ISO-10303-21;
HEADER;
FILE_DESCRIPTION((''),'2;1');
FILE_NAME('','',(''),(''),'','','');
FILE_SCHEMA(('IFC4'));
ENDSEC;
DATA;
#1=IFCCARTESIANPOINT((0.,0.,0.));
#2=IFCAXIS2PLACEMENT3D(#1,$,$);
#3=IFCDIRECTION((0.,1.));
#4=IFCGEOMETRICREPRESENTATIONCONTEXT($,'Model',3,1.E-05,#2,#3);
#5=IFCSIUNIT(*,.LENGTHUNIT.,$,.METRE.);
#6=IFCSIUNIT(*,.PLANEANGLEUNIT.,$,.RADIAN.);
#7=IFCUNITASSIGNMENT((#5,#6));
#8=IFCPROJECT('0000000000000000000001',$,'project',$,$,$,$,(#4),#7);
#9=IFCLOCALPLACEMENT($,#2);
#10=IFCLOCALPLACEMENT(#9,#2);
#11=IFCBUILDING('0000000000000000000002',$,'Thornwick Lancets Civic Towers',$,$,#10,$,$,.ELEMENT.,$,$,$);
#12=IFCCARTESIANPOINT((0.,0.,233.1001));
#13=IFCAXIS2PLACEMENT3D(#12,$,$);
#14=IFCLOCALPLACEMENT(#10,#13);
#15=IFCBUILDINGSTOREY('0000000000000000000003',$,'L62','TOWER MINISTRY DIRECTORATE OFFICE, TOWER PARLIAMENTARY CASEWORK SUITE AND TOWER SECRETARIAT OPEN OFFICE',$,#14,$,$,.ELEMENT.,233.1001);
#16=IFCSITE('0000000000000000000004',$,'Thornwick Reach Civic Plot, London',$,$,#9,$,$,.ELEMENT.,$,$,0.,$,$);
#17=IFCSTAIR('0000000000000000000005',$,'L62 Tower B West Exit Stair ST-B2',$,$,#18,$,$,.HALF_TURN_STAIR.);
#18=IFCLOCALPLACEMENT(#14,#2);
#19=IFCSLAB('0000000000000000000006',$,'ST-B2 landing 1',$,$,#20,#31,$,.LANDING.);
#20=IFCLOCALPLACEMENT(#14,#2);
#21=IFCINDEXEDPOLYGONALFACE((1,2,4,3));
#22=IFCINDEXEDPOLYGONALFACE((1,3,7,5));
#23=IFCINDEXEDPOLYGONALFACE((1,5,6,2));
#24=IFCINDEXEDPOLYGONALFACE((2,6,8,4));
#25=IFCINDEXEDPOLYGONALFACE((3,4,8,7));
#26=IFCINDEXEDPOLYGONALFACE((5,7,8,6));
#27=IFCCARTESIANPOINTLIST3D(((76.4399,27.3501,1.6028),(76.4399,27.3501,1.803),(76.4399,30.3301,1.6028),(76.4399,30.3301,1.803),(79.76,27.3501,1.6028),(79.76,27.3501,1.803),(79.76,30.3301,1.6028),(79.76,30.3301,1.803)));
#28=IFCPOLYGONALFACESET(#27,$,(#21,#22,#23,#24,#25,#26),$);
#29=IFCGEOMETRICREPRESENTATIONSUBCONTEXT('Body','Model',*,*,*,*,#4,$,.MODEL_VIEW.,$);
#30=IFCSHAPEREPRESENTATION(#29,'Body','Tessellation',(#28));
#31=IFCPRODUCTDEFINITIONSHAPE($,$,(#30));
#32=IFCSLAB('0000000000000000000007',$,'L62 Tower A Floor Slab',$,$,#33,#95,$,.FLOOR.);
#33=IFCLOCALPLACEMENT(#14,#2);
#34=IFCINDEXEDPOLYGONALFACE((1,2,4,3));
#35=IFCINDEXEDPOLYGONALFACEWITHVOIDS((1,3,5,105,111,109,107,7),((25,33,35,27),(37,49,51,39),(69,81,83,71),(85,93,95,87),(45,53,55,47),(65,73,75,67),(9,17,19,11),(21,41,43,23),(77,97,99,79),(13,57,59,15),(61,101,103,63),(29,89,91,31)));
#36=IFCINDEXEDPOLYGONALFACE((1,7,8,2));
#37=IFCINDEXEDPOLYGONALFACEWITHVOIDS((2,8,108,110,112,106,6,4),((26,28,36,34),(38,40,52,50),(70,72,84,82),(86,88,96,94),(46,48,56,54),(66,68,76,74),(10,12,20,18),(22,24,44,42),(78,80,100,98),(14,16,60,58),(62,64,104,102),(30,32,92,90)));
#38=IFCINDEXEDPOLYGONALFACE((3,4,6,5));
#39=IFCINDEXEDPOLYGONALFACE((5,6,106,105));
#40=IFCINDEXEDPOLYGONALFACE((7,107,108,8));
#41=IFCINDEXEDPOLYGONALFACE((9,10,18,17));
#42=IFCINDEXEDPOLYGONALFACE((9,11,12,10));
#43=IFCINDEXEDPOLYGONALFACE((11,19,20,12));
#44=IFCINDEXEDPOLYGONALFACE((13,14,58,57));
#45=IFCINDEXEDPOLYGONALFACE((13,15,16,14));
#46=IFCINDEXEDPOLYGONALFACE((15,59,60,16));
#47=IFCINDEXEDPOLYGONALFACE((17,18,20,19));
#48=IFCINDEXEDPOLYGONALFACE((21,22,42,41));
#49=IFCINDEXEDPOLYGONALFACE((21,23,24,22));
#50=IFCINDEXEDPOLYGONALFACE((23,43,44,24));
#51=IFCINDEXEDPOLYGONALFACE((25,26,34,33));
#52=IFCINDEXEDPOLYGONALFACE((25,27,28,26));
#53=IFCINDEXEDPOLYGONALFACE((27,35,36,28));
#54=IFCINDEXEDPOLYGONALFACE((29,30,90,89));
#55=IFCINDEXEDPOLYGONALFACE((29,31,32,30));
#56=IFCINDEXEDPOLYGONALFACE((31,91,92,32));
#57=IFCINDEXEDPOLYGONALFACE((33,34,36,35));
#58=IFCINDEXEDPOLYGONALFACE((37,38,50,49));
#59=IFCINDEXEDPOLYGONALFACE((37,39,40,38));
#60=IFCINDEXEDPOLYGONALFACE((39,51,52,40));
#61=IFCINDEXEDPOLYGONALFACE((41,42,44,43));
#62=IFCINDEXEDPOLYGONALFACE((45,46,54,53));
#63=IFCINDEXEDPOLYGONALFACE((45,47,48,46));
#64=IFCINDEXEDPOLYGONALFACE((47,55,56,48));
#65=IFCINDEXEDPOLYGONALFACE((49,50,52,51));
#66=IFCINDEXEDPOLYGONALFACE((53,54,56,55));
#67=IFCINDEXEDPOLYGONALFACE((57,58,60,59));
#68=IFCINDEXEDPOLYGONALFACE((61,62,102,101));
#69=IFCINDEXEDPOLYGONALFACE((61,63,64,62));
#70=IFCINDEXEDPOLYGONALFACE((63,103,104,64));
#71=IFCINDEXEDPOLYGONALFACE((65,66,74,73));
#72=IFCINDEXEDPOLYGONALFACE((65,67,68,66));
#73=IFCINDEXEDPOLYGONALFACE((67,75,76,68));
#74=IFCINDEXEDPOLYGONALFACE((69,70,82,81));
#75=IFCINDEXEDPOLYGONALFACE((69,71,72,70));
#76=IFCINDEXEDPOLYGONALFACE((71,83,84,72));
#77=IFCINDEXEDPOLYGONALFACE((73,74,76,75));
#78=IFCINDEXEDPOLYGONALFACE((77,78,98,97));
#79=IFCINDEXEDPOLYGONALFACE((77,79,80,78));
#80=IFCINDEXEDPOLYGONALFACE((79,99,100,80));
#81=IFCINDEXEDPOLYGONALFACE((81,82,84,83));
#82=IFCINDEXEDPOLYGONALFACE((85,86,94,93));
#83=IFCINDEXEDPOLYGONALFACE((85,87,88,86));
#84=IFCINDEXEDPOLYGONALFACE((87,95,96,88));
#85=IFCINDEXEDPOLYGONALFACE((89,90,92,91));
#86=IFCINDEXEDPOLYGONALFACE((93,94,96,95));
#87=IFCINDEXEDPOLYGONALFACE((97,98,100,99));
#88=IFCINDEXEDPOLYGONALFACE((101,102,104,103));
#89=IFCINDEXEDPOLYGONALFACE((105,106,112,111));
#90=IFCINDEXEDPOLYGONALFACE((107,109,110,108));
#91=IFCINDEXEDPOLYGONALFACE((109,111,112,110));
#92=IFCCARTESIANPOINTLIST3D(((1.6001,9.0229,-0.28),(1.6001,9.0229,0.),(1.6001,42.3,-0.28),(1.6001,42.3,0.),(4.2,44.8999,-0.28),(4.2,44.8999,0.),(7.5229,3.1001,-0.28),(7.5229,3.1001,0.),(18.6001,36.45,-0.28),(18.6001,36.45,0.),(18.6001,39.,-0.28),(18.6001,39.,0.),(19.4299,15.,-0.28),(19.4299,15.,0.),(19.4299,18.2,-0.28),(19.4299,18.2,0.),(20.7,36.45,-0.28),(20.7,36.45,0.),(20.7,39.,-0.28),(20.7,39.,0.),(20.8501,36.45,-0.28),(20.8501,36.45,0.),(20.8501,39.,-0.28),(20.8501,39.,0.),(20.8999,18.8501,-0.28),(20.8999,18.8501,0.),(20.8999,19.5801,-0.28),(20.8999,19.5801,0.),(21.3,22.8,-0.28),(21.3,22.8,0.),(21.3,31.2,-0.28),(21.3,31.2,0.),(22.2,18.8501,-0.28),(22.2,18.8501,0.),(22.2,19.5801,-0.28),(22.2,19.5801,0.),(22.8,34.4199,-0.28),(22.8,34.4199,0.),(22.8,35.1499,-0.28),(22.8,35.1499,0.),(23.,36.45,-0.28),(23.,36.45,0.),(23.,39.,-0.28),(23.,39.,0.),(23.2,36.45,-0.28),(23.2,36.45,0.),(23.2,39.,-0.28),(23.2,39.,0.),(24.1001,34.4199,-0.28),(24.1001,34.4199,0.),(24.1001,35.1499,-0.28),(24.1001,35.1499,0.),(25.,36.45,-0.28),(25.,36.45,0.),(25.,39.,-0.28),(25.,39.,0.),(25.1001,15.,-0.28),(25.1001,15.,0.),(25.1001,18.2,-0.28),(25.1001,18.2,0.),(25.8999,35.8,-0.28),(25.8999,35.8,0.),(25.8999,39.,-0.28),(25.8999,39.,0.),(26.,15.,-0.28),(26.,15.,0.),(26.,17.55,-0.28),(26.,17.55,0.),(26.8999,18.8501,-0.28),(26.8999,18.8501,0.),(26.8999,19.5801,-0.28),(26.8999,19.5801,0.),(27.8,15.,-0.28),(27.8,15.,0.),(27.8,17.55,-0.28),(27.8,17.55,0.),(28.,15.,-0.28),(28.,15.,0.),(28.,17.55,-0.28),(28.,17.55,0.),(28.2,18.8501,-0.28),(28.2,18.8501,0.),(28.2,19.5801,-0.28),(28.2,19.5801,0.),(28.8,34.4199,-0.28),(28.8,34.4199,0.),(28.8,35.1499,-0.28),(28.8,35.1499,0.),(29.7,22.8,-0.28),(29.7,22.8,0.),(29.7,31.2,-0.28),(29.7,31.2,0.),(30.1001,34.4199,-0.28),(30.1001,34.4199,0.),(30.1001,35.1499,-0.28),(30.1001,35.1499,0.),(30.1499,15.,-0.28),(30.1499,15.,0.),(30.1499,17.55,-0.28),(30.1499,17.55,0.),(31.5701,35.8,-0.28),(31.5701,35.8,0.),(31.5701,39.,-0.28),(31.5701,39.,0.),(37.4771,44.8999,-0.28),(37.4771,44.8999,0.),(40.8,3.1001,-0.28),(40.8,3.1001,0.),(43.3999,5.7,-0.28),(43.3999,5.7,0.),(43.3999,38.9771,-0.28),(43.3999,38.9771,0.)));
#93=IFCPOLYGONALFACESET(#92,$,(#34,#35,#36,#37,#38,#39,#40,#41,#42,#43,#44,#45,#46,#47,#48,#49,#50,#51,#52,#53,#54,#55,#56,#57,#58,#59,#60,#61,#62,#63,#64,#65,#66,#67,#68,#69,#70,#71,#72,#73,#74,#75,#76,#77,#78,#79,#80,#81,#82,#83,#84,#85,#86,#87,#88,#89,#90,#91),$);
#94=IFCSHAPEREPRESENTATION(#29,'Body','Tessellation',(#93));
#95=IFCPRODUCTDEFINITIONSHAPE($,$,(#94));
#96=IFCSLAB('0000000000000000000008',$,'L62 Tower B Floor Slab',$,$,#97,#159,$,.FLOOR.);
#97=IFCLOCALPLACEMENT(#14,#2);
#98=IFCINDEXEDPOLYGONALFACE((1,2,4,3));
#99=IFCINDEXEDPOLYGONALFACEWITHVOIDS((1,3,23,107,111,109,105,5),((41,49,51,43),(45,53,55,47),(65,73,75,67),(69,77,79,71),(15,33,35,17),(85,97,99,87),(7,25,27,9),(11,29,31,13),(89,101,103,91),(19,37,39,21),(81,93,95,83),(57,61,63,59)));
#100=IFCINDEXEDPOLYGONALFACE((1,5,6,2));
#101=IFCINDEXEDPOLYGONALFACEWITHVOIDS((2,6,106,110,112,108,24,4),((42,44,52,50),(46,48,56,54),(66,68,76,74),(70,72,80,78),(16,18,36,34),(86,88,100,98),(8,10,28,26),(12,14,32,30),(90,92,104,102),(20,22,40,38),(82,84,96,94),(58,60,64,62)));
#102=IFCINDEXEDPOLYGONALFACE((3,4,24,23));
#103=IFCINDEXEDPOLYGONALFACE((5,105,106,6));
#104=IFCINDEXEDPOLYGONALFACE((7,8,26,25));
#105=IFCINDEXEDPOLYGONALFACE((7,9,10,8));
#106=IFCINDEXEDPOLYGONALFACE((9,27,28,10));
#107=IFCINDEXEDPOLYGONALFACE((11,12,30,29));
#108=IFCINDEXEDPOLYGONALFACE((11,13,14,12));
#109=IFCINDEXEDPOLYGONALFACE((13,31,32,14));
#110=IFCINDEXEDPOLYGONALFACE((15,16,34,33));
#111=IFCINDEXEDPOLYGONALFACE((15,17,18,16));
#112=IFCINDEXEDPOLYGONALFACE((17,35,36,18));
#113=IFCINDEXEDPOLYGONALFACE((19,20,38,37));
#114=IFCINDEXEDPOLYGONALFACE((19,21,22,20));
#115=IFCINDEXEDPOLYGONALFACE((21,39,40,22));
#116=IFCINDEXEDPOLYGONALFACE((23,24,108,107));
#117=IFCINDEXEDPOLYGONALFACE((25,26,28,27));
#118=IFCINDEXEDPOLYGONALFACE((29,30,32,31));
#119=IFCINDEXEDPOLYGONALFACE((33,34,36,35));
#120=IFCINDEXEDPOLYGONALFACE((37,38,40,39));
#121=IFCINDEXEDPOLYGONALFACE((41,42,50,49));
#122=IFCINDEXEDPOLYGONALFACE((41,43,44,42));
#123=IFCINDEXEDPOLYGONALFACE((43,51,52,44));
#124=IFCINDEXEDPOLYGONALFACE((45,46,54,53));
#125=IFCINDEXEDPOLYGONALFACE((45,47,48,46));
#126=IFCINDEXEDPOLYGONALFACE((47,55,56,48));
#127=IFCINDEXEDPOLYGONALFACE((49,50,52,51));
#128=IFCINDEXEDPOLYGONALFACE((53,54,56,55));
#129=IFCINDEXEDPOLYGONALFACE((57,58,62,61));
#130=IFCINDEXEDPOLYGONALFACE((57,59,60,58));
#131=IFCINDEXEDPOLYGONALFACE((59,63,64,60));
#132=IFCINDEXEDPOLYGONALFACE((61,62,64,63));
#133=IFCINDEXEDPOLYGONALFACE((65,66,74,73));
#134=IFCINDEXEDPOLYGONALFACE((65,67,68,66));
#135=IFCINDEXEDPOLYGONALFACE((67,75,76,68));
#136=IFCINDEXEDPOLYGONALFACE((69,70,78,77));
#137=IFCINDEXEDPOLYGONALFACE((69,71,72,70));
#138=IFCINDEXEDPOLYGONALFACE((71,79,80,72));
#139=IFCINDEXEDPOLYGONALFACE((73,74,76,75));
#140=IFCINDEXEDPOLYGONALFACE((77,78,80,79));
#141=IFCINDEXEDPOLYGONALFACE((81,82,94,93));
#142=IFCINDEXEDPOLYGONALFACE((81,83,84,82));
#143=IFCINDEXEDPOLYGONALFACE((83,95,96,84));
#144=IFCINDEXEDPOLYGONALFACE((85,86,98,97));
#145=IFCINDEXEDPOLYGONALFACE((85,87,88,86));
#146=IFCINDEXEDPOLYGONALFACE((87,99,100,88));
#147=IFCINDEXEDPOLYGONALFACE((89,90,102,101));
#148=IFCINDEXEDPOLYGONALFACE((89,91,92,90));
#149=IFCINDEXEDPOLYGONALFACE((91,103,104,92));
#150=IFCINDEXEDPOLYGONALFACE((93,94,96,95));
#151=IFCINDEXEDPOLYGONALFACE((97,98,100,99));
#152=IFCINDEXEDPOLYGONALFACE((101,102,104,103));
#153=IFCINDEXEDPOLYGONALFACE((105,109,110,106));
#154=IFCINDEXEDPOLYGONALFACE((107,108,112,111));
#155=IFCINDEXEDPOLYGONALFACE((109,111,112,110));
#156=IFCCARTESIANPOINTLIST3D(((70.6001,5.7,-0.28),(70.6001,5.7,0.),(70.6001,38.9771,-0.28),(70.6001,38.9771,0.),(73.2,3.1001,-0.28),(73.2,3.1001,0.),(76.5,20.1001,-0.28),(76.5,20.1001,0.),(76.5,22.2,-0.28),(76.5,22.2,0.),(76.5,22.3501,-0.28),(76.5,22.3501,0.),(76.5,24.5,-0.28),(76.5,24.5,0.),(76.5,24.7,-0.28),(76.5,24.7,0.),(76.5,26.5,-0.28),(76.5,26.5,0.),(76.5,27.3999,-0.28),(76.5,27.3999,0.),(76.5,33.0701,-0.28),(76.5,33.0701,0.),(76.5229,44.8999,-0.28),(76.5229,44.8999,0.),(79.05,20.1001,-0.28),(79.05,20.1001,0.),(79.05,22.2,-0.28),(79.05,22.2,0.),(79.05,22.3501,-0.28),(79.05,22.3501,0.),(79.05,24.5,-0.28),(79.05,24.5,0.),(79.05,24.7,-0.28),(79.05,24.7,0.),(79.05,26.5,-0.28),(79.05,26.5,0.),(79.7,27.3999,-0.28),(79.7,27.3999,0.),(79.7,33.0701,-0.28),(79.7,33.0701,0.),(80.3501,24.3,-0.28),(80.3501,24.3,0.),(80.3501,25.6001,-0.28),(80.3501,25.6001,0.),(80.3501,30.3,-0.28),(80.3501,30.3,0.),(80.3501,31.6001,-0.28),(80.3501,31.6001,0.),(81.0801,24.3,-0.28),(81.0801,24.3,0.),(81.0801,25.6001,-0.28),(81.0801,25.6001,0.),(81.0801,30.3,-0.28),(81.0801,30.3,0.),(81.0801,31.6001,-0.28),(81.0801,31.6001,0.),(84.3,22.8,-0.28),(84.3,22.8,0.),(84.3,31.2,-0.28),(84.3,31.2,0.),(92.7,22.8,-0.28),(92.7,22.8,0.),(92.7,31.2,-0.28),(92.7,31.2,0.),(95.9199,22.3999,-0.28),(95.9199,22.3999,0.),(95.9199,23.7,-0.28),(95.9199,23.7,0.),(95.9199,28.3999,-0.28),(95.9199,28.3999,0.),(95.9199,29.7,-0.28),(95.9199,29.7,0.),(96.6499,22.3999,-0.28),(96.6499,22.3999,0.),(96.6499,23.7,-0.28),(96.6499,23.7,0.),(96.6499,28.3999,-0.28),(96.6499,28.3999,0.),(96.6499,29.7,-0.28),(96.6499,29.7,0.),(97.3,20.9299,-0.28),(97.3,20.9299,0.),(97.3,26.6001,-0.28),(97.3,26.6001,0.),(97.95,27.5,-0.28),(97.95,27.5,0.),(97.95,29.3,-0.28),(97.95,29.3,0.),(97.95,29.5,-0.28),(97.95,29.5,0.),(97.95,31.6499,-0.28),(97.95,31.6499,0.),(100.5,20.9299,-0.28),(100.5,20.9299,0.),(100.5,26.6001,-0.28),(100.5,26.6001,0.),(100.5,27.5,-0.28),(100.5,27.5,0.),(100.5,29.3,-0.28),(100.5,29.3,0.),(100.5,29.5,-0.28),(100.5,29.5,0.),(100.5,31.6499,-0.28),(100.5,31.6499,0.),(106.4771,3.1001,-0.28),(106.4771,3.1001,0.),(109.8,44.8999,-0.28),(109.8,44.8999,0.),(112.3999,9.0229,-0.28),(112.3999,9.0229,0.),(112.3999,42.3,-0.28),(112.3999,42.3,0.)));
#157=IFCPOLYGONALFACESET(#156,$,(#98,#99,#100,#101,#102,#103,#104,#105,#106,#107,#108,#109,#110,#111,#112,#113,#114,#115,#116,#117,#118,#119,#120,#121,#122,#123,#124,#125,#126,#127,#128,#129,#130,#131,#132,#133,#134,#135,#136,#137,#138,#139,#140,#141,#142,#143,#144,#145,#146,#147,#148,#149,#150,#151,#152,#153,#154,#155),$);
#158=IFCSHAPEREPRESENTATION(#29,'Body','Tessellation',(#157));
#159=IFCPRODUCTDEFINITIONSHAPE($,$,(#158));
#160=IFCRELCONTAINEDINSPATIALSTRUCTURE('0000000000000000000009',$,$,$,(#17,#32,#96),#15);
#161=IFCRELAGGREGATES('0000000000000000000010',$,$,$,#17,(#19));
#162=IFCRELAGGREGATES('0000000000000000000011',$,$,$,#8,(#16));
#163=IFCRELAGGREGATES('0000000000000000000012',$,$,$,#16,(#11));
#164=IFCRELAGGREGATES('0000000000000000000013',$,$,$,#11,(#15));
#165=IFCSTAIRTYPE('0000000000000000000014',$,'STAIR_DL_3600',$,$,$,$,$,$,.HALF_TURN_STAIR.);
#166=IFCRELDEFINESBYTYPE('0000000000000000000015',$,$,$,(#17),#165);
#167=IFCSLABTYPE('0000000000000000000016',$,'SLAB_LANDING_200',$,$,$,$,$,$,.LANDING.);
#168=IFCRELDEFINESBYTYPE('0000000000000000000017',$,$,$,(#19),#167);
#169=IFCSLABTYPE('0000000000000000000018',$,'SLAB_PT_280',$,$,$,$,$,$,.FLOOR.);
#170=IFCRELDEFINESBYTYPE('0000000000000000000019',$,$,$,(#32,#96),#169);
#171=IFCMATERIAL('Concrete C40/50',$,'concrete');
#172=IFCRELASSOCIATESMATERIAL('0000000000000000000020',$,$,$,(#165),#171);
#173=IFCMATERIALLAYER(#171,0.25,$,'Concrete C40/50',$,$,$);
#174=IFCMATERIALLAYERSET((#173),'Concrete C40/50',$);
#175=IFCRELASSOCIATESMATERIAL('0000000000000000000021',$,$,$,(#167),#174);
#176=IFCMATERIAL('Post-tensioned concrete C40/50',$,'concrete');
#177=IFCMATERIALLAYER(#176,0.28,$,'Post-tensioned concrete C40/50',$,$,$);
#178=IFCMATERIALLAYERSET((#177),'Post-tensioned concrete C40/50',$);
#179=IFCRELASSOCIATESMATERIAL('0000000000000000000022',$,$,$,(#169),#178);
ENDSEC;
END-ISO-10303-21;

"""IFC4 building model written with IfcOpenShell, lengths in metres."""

from ifc_helpers import new_model, si_unit, direction, frame, origin, place, context, subcontext, project, spatial, polyline, outline, extrude, material, layer, layer_set, type_object, element, aggregate, save


model = new_model("IFC4")

# Units and contexts
model_context = context("Model", 3, precision=1e-05, world=origin(), true_north=direction((0.0, 1.0)))
body_context = subcontext(model_context, "Body", "Model", "MODEL_VIEW")
ifc_project = project(units=[si_unit("LENGTHUNIT", "METRE"), si_unit("PLANEANGLEUNIT", "RADIAN")], contexts=[model_context])

# Site, building, storey
site_placement = place(None, origin())
site = spatial("IfcSite", under=ifc_project, at=site_placement, Name="Thornwick Reach Civic Plot, London", CompositionType="ELEMENT", RefElevation=0.0)
building_placement = place(site_placement, origin())
building = spatial("IfcBuilding", under=site, at=building_placement, Name="Thornwick Lancets Civic Towers", CompositionType="ELEMENT")
storey_placement = place(building_placement, frame((0.0, 0.0, 233.1001)))
storey = spatial("IfcBuildingStorey", under=building, at=storey_placement, Name="L62", Description="TOWER MINISTRY DIRECTORATE OFFICE, TOWER PARLIAMENTARY CASEWORK SUITE AND TOWER SECRETARIAT OPEN OFFICE", CompositionType="ELEMENT", Elevation=233.1001)

# Shared definitions
ifc_material_1 = material(Name="Post-tensioned concrete C40/50", Category="concrete")

# Stair, slab
ifc_material_2 = material(Name="Concrete C40/50", Category="concrete")
stair_type = type_object("IfcStairType", Name="STAIR_DL_3600", PredefinedType="HALF_TURN_STAIR", material=ifc_material_2)
ifc_layer_1 = layer(ifc_material_2, 0.25, Name="Concrete C40/50")
ifc_layer_set_1 = layer_set([ifc_layer_1], Name="Concrete C40/50")
slab_type_1 = type_object("IfcSlabType", Name="SLAB_LANDING_200", PredefinedType="LANDING", material=ifc_layer_set_1)
stair_1_placement = place(storey_placement, origin())
stair_1 = element("IfcStair", 1, at=stair_1_placement, inside=storey, type_object=stair_type, Name="L62 Tower B West Exit Stair ST-B2", PredefinedType="HALF_TURN_STAIR")
slab_1_placement = place(storey_placement, frame((0.0, 0.0, 1.6028)))
slab_1 = element("IfcSlab", 2, at=slab_1_placement, type_object=slab_type_1, Name="ST-B2 landing 1", PredefinedType="LANDING", context=body_context, shape_type="SweptSolid", body=[
    extrude(outline(polyline([(76.4399, 30.3301), (76.4399, 27.3501), (79.76, 27.3501), (79.76, 30.3301), (76.4399, 30.3301)])), origin(), (0.0, 0.0, 1.0), 0.2002),
])
aggregate(stair_1, [slab_1])

# Slabs
ifc_layer_2 = layer(ifc_material_1, 0.28, Name="Post-tensioned concrete C40/50")
ifc_layer_set_2 = layer_set([ifc_layer_2], Name="Post-tensioned concrete C40/50")
slab_type_2 = type_object("IfcSlabType", Name="SLAB_PT_280", PredefinedType="FLOOR", material=ifc_layer_set_2)
slab_2_placement = place(storey_placement, frame((0.0, 0.0, -0.28)))
element("IfcSlab", 3, at=slab_2_placement, inside=storey, type_object=slab_type_2, Name="L62 Tower A Floor Slab", PredefinedType="FLOOR", context=body_context, shape_type="SweptSolid", body=[
    extrude(outline(polyline([(7.5229, 3.1001), (40.8, 3.1001), (43.3999, 5.7), (43.3999, 38.9771), (37.4771, 44.8999), (4.2, 44.8999), (1.6001, 42.3), (1.6001, 9.0229), (7.5229, 3.1001)]), holes=[polyline([(21.3, 22.8), (29.7, 22.8), (29.7, 31.2), (21.3, 31.2), (21.3, 22.8)]), polyline([(19.4299, 15.0), (25.1001, 15.0), (25.1001, 18.2), (19.4299, 18.2), (19.4299, 15.0)]), polyline([(31.5701, 39.0), (25.8999, 39.0), (25.8999, 35.8), (31.5701, 35.8), (31.5701, 39.0)]), polyline([(26.0, 15.0), (27.8, 15.0), (27.8, 17.55), (26.0, 17.55), (26.0, 15.0)]), polyline([(28.0, 15.0), (30.1499, 15.0), (30.1499, 17.55), (28.0, 17.55), (28.0, 15.0)]), polyline([(23.2, 36.45), (25.0, 36.45), (25.0, 39.0), (23.2, 39.0), (23.2, 36.45)]), polyline([(20.8501, 36.45), (23.0, 36.45), (23.0, 39.0), (20.8501, 39.0), (20.8501, 36.45)]), polyline([(18.6001, 36.45), (20.7, 36.45), (20.7, 39.0), (18.6001, 39.0), (18.6001, 36.45)]), polyline([(26.8999, 18.8501), (28.2, 18.8501), (28.2, 19.5801), (26.8999, 19.5801), (26.8999, 18.8501)]), polyline([(20.8999, 18.8501), (22.2, 18.8501), (22.2, 19.5801), (20.8999, 19.5801), (20.8999, 18.8501)]), polyline([(22.8, 34.4199), (24.1001, 34.4199), (24.1001, 35.1499), (22.8, 35.1499), (22.8, 34.4199)]), polyline([(28.8, 34.4199), (30.1001, 34.4199), (30.1001, 35.1499), (28.8, 35.1499), (28.8, 34.4199)])]), origin(), (0.0, 0.0, 1.0), 0.28),
])
slab_3_placement = place(storey_placement, frame((0.0, 0.0, -0.28)))
element("IfcSlab", 4, at=slab_3_placement, inside=storey, type_object=slab_type_2, Name="L62 Tower B Floor Slab", PredefinedType="FLOOR", context=body_context, shape_type="SweptSolid", body=[
    extrude(outline(polyline([(73.2, 3.1001), (106.4771, 3.1001), (112.3999, 9.0229), (112.3999, 42.3), (109.8, 44.8999), (76.5229, 44.8999), (70.6001, 38.9771), (70.6001, 5.7), (73.2, 3.1001)]), holes=[polyline([(84.3, 22.8), (92.7, 22.8), (92.7, 31.2), (84.3, 31.2), (84.3, 22.8)]), polyline([(100.5, 20.9299), (100.5, 26.6001), (97.3, 26.6001), (97.3, 20.9299), (100.5, 20.9299)]), polyline([(76.5, 33.0701), (76.5, 27.3999), (79.7, 27.3999), (79.7, 33.0701), (76.5, 33.0701)]), polyline([(97.95, 27.5), (100.5, 27.5), (100.5, 29.3), (97.95, 29.3), (97.95, 27.5)]), polyline([(97.95, 29.5), (100.5, 29.5), (100.5, 31.6499), (97.95, 31.6499), (97.95, 29.5)]), polyline([(76.5, 24.7), (79.05, 24.7), (79.05, 26.5), (76.5, 26.5), (76.5, 24.7)]), polyline([(76.5, 22.3501), (79.05, 22.3501), (79.05, 24.5), (76.5, 24.5), (76.5, 22.3501)]), polyline([(76.5, 20.1001), (79.05, 20.1001), (79.05, 22.2), (76.5, 22.2), (76.5, 20.1001)]), polyline([(95.9199, 28.3999), (96.6499, 28.3999), (96.6499, 29.7), (95.9199, 29.7), (95.9199, 28.3999)]), polyline([(95.9199, 22.3999), (96.6499, 22.3999), (96.6499, 23.7), (95.9199, 23.7), (95.9199, 22.3999)]), polyline([(80.3501, 24.3), (81.0801, 24.3), (81.0801, 25.6001), (80.3501, 25.6001), (80.3501, 24.3)]), polyline([(80.3501, 30.3), (81.0801, 30.3), (81.0801, 31.6001), (80.3501, 31.6001), (80.3501, 30.3)])]), origin(), (0.0, 0.0, 1.0), 0.28),
])

save(model, "model.ifc")
